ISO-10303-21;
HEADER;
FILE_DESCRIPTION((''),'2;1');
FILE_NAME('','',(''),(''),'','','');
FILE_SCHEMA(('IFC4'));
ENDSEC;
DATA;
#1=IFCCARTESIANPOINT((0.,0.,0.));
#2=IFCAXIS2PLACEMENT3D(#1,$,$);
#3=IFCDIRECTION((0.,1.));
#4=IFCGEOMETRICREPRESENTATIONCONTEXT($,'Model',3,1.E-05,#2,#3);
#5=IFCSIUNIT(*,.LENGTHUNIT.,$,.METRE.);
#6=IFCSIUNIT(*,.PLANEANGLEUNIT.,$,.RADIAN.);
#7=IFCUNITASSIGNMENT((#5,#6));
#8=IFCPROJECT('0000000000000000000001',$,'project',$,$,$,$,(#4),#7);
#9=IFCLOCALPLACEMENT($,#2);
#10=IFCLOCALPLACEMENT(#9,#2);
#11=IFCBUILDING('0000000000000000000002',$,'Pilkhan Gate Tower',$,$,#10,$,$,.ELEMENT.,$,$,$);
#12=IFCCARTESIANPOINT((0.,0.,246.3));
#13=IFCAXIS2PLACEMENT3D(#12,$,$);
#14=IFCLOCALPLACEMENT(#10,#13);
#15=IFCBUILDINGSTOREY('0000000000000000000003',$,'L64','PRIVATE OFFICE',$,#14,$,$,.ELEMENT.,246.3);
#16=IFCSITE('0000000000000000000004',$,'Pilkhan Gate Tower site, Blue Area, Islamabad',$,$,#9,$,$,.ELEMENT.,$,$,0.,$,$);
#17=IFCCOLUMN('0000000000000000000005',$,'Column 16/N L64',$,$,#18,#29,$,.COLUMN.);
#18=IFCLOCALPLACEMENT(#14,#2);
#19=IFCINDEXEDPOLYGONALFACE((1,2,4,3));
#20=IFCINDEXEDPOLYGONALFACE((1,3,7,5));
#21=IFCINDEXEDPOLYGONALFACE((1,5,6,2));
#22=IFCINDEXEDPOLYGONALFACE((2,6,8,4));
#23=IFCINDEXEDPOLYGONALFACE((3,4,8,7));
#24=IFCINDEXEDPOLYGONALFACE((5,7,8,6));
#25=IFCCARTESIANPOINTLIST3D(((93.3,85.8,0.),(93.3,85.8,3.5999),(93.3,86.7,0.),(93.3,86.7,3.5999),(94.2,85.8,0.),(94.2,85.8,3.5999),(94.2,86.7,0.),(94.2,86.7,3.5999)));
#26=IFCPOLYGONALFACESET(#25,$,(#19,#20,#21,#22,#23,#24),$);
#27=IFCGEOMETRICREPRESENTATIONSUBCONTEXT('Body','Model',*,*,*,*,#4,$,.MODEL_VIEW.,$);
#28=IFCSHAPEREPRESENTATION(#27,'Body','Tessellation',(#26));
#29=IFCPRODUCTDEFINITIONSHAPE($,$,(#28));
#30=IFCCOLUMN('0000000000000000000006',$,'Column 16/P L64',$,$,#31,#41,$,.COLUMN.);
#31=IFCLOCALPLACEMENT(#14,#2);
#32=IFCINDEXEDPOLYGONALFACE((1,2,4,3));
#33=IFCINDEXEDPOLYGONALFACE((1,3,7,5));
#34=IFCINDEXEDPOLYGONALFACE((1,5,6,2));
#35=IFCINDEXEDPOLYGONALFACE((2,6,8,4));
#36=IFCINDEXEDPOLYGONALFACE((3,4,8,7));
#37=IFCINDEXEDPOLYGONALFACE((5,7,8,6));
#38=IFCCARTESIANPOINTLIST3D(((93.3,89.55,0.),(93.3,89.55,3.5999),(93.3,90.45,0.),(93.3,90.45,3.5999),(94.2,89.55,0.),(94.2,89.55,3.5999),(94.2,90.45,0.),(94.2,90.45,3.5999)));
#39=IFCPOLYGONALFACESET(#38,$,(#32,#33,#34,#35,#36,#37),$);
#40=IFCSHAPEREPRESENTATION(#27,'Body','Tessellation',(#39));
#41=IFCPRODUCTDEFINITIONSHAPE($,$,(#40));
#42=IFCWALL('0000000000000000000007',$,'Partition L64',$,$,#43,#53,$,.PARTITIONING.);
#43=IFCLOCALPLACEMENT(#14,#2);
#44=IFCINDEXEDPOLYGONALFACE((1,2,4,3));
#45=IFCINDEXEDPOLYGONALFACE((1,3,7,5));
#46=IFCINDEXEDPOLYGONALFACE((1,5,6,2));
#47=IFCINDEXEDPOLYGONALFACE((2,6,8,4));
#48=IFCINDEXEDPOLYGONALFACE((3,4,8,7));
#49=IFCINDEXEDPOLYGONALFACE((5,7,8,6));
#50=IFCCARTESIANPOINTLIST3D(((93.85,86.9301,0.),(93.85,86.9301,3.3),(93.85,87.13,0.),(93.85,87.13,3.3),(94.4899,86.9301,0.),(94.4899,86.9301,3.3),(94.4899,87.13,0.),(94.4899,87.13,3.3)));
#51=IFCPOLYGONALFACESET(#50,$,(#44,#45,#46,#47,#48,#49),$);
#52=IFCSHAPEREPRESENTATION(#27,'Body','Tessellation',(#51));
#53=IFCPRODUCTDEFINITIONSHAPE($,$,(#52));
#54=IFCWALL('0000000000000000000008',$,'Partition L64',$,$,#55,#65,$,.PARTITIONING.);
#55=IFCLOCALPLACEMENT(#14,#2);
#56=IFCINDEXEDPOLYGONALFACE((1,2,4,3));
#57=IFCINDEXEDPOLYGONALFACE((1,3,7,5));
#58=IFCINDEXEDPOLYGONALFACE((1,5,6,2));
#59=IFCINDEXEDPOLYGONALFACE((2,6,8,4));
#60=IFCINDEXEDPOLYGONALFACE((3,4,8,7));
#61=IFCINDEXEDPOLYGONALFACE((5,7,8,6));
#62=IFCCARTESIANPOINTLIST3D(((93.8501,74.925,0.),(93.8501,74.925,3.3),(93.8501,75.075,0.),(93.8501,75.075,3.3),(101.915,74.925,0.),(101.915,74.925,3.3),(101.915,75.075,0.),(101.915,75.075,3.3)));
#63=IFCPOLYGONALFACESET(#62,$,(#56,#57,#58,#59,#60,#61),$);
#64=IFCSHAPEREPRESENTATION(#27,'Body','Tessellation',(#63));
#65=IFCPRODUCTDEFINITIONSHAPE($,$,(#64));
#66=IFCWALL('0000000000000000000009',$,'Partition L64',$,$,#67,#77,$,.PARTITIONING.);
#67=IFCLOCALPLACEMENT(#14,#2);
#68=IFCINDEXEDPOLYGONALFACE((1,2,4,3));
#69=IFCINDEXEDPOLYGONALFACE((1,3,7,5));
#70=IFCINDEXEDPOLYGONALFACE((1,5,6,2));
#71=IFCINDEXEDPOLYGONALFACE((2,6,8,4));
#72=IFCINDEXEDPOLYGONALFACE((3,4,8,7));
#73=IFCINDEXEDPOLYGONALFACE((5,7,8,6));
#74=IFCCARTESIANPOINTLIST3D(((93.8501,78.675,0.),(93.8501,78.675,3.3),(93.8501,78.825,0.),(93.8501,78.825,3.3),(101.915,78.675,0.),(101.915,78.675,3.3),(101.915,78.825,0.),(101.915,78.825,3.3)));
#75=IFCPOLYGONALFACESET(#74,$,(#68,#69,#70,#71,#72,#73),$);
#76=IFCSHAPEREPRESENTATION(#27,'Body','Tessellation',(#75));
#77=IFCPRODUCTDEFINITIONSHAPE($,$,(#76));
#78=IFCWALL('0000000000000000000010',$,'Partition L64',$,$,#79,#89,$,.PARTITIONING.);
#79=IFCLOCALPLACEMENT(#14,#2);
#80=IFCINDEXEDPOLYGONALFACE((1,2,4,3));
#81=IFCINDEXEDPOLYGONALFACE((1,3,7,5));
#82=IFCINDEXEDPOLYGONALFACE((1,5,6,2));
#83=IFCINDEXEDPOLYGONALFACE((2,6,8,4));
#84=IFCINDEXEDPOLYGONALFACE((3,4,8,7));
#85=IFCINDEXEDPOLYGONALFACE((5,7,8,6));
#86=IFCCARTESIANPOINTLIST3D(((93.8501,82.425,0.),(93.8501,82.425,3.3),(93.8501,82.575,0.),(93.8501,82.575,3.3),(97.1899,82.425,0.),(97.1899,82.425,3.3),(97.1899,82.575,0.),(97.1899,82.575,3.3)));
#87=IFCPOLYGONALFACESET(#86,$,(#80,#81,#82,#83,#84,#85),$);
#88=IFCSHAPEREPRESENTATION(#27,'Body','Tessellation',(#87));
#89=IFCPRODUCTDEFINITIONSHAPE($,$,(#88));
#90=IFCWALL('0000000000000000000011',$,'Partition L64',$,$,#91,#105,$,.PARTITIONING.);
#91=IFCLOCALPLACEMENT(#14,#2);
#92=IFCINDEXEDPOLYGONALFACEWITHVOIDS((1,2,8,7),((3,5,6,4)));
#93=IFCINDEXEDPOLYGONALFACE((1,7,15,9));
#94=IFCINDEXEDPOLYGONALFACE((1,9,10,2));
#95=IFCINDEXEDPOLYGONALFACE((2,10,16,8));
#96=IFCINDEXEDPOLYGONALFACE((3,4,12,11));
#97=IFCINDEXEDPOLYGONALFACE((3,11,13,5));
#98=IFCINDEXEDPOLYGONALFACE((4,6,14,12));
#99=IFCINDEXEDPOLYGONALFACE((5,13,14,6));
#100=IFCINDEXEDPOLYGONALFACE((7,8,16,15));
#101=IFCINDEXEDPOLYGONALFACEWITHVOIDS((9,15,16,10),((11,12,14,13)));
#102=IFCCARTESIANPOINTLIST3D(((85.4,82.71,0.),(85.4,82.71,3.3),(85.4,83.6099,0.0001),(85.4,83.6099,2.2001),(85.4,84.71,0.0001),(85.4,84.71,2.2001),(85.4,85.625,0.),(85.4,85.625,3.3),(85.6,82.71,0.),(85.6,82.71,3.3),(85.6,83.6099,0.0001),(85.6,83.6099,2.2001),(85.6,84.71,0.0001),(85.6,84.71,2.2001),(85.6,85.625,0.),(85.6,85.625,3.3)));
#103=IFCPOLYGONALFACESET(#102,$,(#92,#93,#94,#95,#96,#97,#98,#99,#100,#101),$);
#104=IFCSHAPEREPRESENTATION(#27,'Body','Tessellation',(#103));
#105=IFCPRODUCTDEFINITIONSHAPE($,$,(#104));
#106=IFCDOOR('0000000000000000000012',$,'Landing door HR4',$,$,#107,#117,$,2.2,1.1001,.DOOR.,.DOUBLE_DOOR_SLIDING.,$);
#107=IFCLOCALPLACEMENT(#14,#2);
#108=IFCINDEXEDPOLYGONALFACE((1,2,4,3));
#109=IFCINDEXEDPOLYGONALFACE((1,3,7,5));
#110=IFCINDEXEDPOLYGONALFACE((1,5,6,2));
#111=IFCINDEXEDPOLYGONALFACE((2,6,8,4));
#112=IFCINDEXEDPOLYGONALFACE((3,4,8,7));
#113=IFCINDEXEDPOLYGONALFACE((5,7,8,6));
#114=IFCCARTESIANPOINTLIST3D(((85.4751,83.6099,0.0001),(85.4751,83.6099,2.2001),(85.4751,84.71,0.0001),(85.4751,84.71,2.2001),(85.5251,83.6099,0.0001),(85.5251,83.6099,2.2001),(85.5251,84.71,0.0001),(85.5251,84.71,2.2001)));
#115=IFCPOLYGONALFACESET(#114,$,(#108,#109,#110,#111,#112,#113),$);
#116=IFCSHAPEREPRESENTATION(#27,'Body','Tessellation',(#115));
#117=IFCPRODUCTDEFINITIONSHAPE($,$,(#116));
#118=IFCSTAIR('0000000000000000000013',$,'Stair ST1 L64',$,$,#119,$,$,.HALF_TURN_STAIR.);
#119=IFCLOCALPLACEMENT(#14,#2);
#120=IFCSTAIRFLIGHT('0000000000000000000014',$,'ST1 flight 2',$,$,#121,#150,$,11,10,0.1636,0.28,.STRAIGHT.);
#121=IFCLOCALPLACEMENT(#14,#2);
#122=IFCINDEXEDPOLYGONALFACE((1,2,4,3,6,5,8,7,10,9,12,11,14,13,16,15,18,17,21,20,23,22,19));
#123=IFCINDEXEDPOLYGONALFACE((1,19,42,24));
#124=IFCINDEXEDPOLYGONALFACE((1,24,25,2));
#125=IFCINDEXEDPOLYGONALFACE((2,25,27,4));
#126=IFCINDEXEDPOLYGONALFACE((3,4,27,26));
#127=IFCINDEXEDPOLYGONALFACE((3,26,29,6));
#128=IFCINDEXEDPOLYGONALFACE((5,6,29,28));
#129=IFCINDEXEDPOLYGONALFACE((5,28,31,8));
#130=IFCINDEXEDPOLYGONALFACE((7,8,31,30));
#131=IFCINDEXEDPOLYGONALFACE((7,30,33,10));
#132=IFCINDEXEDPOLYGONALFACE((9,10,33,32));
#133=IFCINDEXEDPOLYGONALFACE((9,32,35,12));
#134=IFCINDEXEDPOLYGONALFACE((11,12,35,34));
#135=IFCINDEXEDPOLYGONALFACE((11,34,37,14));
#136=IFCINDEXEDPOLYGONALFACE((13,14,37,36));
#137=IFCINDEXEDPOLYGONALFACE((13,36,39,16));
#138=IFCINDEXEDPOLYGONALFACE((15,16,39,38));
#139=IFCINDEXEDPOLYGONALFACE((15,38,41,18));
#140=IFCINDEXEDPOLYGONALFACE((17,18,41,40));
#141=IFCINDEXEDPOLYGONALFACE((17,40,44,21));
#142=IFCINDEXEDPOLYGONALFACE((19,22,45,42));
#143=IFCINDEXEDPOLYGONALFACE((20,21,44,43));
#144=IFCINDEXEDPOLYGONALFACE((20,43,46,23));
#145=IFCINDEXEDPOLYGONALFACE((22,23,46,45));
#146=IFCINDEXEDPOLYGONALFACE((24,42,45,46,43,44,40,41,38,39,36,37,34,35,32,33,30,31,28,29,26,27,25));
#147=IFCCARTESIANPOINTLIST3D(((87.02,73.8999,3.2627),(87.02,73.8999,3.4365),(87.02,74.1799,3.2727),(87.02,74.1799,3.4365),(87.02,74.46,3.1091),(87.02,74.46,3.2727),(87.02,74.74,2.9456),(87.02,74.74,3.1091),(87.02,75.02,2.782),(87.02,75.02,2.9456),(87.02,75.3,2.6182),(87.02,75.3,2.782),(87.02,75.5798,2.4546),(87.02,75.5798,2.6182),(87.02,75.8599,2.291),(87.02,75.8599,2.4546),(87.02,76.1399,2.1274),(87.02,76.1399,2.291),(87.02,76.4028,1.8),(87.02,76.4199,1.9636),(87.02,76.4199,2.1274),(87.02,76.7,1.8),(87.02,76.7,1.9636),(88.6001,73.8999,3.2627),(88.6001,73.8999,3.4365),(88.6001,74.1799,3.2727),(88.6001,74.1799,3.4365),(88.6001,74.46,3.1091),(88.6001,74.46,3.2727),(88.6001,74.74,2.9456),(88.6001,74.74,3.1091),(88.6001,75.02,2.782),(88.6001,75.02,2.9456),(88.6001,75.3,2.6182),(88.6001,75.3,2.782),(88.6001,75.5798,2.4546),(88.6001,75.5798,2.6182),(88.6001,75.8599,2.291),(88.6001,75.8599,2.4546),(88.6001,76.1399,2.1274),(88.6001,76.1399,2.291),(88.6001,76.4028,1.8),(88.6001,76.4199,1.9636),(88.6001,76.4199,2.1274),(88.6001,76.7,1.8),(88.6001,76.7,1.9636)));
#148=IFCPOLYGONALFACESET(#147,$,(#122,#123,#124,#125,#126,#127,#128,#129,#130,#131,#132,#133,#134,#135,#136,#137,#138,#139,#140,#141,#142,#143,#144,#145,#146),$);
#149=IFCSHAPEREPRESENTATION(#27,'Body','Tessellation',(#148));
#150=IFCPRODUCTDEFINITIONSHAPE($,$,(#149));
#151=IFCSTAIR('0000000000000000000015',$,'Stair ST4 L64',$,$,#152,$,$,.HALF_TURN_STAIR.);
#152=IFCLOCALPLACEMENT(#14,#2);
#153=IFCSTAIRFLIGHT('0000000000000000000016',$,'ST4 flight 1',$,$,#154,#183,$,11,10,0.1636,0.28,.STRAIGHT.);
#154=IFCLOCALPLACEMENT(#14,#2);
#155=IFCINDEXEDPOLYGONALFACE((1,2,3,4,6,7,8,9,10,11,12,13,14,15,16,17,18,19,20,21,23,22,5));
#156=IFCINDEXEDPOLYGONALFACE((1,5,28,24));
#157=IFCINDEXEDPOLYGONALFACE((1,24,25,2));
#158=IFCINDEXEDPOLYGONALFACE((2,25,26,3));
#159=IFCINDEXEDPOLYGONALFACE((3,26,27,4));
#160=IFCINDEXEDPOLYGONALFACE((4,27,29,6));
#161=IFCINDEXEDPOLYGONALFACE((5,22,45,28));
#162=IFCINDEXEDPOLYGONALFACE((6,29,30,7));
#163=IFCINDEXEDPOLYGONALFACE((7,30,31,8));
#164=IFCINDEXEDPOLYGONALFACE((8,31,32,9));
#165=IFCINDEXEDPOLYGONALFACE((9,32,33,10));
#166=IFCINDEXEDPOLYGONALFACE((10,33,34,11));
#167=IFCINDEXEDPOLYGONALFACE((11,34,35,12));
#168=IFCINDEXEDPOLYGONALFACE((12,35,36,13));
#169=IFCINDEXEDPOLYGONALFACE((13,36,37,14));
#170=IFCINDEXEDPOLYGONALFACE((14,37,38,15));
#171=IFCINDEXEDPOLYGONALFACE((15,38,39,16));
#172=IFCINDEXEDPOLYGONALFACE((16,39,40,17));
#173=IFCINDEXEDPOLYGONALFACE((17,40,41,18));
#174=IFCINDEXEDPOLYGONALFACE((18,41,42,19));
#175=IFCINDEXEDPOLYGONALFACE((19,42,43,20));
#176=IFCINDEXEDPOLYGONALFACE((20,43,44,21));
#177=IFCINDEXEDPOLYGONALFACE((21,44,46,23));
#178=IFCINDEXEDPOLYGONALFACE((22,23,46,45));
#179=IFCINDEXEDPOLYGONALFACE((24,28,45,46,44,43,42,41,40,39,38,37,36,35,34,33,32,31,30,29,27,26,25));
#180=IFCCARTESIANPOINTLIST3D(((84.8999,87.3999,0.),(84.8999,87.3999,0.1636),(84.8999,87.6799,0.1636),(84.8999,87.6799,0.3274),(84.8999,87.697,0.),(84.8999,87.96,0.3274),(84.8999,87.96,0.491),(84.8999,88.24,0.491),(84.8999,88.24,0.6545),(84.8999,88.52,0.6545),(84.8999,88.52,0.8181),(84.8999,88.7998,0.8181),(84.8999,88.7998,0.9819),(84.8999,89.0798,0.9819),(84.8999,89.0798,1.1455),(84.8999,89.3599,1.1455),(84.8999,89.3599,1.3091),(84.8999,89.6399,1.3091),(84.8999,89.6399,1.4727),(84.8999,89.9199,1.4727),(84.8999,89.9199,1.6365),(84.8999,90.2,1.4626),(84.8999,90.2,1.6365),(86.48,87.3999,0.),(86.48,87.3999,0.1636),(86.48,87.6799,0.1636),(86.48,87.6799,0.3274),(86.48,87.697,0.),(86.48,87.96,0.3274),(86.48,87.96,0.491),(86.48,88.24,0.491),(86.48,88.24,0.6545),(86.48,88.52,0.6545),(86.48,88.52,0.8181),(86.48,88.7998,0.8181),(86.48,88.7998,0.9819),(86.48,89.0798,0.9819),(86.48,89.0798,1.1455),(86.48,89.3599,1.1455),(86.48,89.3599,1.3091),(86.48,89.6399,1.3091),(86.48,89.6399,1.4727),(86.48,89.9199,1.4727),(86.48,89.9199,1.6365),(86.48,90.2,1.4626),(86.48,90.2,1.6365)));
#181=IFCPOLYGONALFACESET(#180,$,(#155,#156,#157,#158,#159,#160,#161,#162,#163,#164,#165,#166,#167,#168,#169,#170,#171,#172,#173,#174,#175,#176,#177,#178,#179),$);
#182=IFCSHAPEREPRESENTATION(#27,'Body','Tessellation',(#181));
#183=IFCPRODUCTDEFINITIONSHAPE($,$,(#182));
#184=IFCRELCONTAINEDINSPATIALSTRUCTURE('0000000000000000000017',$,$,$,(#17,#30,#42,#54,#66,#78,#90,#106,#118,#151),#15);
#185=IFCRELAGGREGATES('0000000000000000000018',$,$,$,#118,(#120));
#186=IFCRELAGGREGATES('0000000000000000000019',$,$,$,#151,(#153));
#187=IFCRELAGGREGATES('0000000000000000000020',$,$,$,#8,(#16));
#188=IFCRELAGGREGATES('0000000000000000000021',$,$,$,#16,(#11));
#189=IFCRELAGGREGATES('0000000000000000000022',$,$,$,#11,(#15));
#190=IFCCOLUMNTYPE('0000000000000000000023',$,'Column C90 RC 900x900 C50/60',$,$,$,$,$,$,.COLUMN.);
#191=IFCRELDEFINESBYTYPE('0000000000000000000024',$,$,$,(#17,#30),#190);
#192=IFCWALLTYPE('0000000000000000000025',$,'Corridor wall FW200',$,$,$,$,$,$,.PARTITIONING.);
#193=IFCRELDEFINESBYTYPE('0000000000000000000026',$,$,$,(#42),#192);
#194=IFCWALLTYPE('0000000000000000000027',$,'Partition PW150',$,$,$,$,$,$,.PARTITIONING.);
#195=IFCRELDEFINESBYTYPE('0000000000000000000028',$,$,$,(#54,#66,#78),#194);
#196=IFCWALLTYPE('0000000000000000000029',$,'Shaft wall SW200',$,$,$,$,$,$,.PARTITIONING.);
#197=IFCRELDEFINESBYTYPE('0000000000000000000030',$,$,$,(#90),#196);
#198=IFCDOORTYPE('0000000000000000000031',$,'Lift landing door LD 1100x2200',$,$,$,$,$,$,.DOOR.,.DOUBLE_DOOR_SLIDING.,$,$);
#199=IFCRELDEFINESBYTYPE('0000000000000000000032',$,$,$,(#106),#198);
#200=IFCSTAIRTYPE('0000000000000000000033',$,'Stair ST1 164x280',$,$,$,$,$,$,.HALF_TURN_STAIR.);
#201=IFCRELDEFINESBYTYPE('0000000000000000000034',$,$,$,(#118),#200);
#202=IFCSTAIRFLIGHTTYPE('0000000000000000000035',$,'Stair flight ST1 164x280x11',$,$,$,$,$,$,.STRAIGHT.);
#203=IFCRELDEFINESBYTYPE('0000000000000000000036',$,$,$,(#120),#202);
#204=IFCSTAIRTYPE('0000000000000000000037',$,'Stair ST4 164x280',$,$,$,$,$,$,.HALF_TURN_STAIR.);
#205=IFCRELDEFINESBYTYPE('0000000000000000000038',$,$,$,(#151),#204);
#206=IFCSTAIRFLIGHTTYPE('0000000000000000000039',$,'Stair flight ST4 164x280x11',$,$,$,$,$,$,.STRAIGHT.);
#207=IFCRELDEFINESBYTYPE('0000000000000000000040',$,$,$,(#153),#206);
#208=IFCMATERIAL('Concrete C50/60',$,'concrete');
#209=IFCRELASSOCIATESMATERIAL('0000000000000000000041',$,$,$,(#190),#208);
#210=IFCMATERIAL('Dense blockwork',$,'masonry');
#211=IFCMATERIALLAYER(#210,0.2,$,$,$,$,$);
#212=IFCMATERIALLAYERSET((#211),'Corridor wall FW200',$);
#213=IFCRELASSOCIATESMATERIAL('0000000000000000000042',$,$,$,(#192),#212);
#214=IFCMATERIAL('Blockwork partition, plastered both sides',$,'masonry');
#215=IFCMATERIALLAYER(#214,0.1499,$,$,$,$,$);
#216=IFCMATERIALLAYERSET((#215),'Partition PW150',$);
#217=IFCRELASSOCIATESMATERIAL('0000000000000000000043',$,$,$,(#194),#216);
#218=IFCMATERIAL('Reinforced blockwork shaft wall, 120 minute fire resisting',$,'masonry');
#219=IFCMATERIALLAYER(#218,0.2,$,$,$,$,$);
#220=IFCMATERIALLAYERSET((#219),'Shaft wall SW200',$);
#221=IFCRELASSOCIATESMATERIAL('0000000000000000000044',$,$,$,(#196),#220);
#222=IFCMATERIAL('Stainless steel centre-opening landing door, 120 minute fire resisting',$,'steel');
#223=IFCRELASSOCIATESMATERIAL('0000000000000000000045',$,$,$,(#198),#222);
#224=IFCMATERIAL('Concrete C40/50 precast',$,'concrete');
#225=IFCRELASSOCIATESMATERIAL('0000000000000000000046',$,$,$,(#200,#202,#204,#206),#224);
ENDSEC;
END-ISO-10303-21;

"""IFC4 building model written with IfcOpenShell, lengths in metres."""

from ifc_helpers import new_model, si_unit, direction, frame, frame_2d, origin, origin_2d, place, context, subcontext, project, spatial, polyline, rectangle, outline, extrude, material, layer, layer_set, material_profile, profile_set, type_object, element, fill, aggregate, save


model = new_model("IFC4")

# Units and contexts
model_context = context("Model", 3, precision=1e-05, world=origin(), true_north=direction((0.0, 1.0)))
body_context = subcontext(model_context, "Body", "Model", "MODEL_VIEW")
ifc_project = project(units=[si_unit("LENGTHUNIT", "METRE"), si_unit("PLANEANGLEUNIT", "RADIAN")], contexts=[model_context])

# Site, building, storey
site_placement = place(None, origin())
site = spatial("IfcSite", under=ifc_project, at=site_placement, Name="Pilkhan Gate Tower site, Blue Area, Islamabad", CompositionType="ELEMENT", RefElevation=0.0)
building_placement = place(site_placement, origin())
building = spatial("IfcBuilding", under=site, at=building_placement, Name="Pilkhan Gate Tower", CompositionType="ELEMENT")
storey_placement = place(building_placement, frame((0.0, 0.0, 246.3)))
storey = spatial("IfcBuildingStorey", under=building, at=storey_placement, Name="L64", Description="PRIVATE OFFICE", CompositionType="ELEMENT", Elevation=246.3)

# Columns
ifc_material_1 = material(Name="Concrete C50/60", Category="concrete")
ifc_material_profile = material_profile(ifc_material_1, rectangle(XDim=0.8999, YDim=0.8999, at=origin_2d()), Name="RC 900x900")
ifc_profile_set = profile_set([ifc_material_profile], Name="Concrete C50/60")
column_type = type_object("IfcColumnType", Name="Column C90 RC 900x900 C50/60", PredefinedType="COLUMN", material=ifc_profile_set)
for number, where, z_axis, x_axis, name in (
    (1, (93.75, 86.25, 0.0), (0.0, 0.0, 1.0), (1.0, 0.0, 0.0), "Column 16/N L64"),
    (2, (93.75, 90.0, 0.0), (0.0, 0.0, 1.0), (1.0, 0.0, 0.0), "Column 16/P L64"),
):
    element("IfcColumn", number, at=place(storey_placement, frame(where, z_axis=z_axis, x_axis=x_axis)), inside=storey, type_object=column_type, Name=name, PredefinedType="COLUMN", context=body_context, shape_type="SweptSolid", body=[
        extrude(rectangle(XDim=0.8999, YDim=0.8999, at=origin_2d()), origin(), (0.0, 0.0, 1.0), 3.5999),
    ])

# Walls
ifc_material_2 = material(Name="Dense blockwork", Category="masonry")
ifc_layer_1 = layer(ifc_material_2, 0.2)
ifc_layer_set_1 = layer_set([ifc_layer_1], Name="Corridor wall FW200")
wall_type_1 = type_object("IfcWallType", Name="Corridor wall FW200", PredefinedType="PARTITIONING", material=ifc_layer_set_1)
wall_1_placement = place(storey_placement, frame((93.8501, 87.03, 0.0), z_axis=(0.0, 0.0, 1.0), x_axis=(1.0, 0.0, 0.0)))
element("IfcWall", 3, at=wall_1_placement, inside=storey, type_object=wall_type_1, Name="Partition L64", PredefinedType="PARTITIONING", context=body_context, shape_type="SweptSolid", body=[
    extrude(rectangle(XDim=0.6399, YDim=0.2, at=frame_2d((0.3198, 0.0))), origin(), (0.0, 0.0, 1.0), 3.3),
])
ifc_material_3 = material(Name="Blockwork partition, plastered both sides", Category="masonry")
ifc_layer_2 = layer(ifc_material_3, 0.1499)
ifc_layer_set_2 = layer_set([ifc_layer_2], Name="Partition PW150")
wall_type_2 = type_object("IfcWallType", Name="Partition PW150", PredefinedType="PARTITIONING", material=ifc_layer_set_2)
for number, where, z_axis, x_axis, name in (
    (4, (93.8501, 75.0, 0.0), (0.0, 0.0, 1.0), (1.0, 0.0, 0.0), "Partition L64"),
    (5, (93.8501, 78.75, 0.0), (0.0, 0.0, 1.0), (1.0, 0.0, 0.0), "Partition L64"),
):
    element("IfcWall", number, at=place(storey_placement, frame(where, z_axis=z_axis, x_axis=x_axis)), inside=storey, type_object=wall_type_2, Name=name, PredefinedType="PARTITIONING", context=body_context, shape_type="SweptSolid", body=[
        extrude(rectangle(XDim=8.0649, YDim=0.1499, at=frame_2d((4.0325, 0.0))), origin(), (0.0, 0.0, 1.0), 3.3),
    ])
wall_2_placement = place(storey_placement, frame((93.8501, 82.5, 0.0), z_axis=(0.0, 0.0, 1.0), x_axis=(1.0, 0.0, 0.0)))
element("IfcWall", 6, at=wall_2_placement, inside=storey, type_object=wall_type_2, Name="Partition L64", PredefinedType="PARTITIONING", context=body_context, shape_type="SweptSolid", body=[
    extrude(rectangle(XDim=3.3398, YDim=0.1499, at=frame_2d((1.6699, 0.0))), origin(), (0.0, 0.0, 1.0), 3.3),
])

# Wall, opening, door
ifc_material_4 = material(Name="Reinforced blockwork shaft wall, 120 minute fire resisting", Category="masonry")
ifc_layer_3 = layer(ifc_material_4, 0.2)
ifc_layer_set_3 = layer_set([ifc_layer_3], Name="Shaft wall SW200")
wall_type_3 = type_object("IfcWallType", Name="Shaft wall SW200", PredefinedType="PARTITIONING", material=ifc_layer_set_3)
wall_3_placement = place(storey_placement, frame((85.5, 82.71, 0.0), z_axis=(0.0, 0.0, 1.0), x_axis=(0.0, 1.0, 0.0)))
wall_3 = element("IfcWall", 7, at=wall_3_placement, inside=storey, type_object=wall_type_3, Name="Partition L64", PredefinedType="PARTITIONING", context=body_context, shape_type="SweptSolid", body=[
    extrude(rectangle(XDim=2.915, YDim=0.2, at=frame_2d((1.4575, 0.0))), origin(), (0.0, 0.0, 1.0), 3.3),
])
opening_placement = place(wall_3_placement, frame((0.8999, 0.0, 0.0)))
opening = element("IfcOpeningElement", 8, at=opening_placement, cuts=wall_3, PredefinedType="OPENING", context=body_context, shape_type="SweptSolid", body=[
    extrude(rectangle(XDim=1.1001, YDim=2.2, at=frame_2d((0.55, 1.1001))), frame((0.0, 0.1099, 0.0), z_axis=(0.0, -1.0, 0.0), x_axis=(1.0, 0.0, 0.0)), (0.0, 0.0, 1.0), 0.22),
])
ifc_material_5 = material(Name="Stainless steel centre-opening landing door, 120 minute fire resisting", Category="steel")
door_type = type_object("IfcDoorType", Name="Lift landing door LD 1100x2200", OperationType="DOUBLE_DOOR_SLIDING", PredefinedType="DOOR", material=ifc_material_5)
door_placement = place(opening_placement, origin())
door = element("IfcDoor", 9, at=door_placement, inside=storey, type_object=door_type, Name="Landing door HR4", OperationType="DOUBLE_DOOR_SLIDING", OverallHeight=2.2, OverallWidth=1.1001, PredefinedType="DOOR", context=body_context, shape_type="SweptSolid", body=[
    extrude(rectangle(XDim=1.1001, YDim=2.2, at=frame_2d((0.55, 1.1001))), frame((0.0, 0.0249, 0.0), z_axis=(0.0, -1.0, 0.0), x_axis=(1.0, 0.0, 0.0)), (0.0, 0.0, 1.0), 0.05),
])
fill(opening, door)

# Stairs, stair flights
ifc_material_6 = material(Name="Concrete C40/50 precast", Category="concrete")
stair_type_1 = type_object("IfcStairType", Name="Stair ST1 164x280", PredefinedType="HALF_TURN_STAIR", material=ifc_material_6)
stair_1_placement = place(storey_placement, origin())
stair_1 = element("IfcStair", 10, at=stair_1_placement, inside=storey, type_object=stair_type_1, Name="Stair ST1 L64", PredefinedType="HALF_TURN_STAIR")
stair_flight_type_1 = type_object("IfcStairFlightType", Name="Stair flight ST1 164x280x11", PredefinedType="STRAIGHT", material=ifc_material_6)
stair_flight_1_placement = place(storey_placement, frame((87.8101, 76.7, 1.8), z_axis=(0.0, 0.0, 1.0), x_axis=(0.0, -1.0, 0.0)))
stair_flight_1 = element("IfcStairFlight", 11, at=stair_flight_1_placement, type_object=stair_flight_type_1, Name="ST1 flight 2", NumberOfRisers=11, NumberOfTreads=10, PredefinedType="STRAIGHT", RiserHeight=0.1636, TreadLength=0.28, context=body_context, shape_type="SweptSolid", body=[
    extrude(outline(polyline([(0.0, 0.0), (0.0, 0.1636), (0.28, 0.1636), (0.28, 0.3274), (0.5601, 0.3274), (0.5601, 0.491), (0.8401, 0.491), (0.8401, 0.6545), (1.1201, 0.6545), (1.1201, 0.8181), (1.3999, 0.8181), (1.3999, 0.9819), (1.6799, 0.9819), (1.6799, 1.1455), (1.96, 1.1455), (1.96, 1.3091), (2.24, 1.3091), (2.24, 1.4727), (2.52, 1.4727), (2.52, 1.6365), (2.8, 1.6365), (2.8, 1.8), (2.8, 1.4626), (0.2971, 0.0), (0.0, 0.0)])), frame((0.0, 0.79, 0.0), z_axis=(0.0, -1.0, 0.0), x_axis=(1.0, 0.0, 0.0)), (0.0, 0.0, 1.0), 1.5801),
])
aggregate(stair_1, [stair_flight_1])
stair_type_2 = type_object("IfcStairType", Name="Stair ST4 164x280", PredefinedType="HALF_TURN_STAIR", material=ifc_material_6)
stair_2_placement = place(storey_placement, origin())
stair_2 = element("IfcStair", 12, at=stair_2_placement, inside=storey, type_object=stair_type_2, Name="Stair ST4 L64", PredefinedType="HALF_TURN_STAIR")
stair_flight_type_2 = type_object("IfcStairFlightType", Name="Stair flight ST4 164x280x11", PredefinedType="STRAIGHT", material=ifc_material_6)
stair_flight_2_placement = place(storey_placement, frame((85.6899, 87.3999, 0.0), z_axis=(0.0, 0.0, 1.0), x_axis=(0.0, 1.0, 0.0)))
stair_flight_2 = element("IfcStairFlight", 13, at=stair_flight_2_placement, type_object=stair_flight_type_2, Name="ST4 flight 1", NumberOfRisers=11, NumberOfTreads=10, PredefinedType="STRAIGHT", RiserHeight=0.1636, TreadLength=0.28, context=body_context, shape_type="SweptSolid", body=[
    extrude(outline(polyline([(0.0, 0.0), (0.0, 0.1636), (0.28, 0.1636), (0.28, 0.3274), (0.5601, 0.3274), (0.5601, 0.491), (0.8401, 0.491), (0.8401, 0.6545), (1.1201, 0.6545), (1.1201, 0.8181), (1.3999, 0.8181), (1.3999, 0.9819), (1.6799, 0.9819), (1.6799, 1.1455), (1.96, 1.1455), (1.96, 1.3091), (2.24, 1.3091), (2.24, 1.4727), (2.52, 1.4727), (2.52, 1.6365), (2.8, 1.6365), (2.8, 1.8), (2.8, 1.4626), (0.2971, 0.0), (0.0, 0.0)])), frame((0.0, 0.79, 0.0), z_axis=(0.0, -1.0, 0.0), x_axis=(1.0, 0.0, 0.0)), (0.0, 0.0, 1.0), 1.5801),
])
aggregate(stair_2, [stair_flight_2])

save(model, "model.ifc")
